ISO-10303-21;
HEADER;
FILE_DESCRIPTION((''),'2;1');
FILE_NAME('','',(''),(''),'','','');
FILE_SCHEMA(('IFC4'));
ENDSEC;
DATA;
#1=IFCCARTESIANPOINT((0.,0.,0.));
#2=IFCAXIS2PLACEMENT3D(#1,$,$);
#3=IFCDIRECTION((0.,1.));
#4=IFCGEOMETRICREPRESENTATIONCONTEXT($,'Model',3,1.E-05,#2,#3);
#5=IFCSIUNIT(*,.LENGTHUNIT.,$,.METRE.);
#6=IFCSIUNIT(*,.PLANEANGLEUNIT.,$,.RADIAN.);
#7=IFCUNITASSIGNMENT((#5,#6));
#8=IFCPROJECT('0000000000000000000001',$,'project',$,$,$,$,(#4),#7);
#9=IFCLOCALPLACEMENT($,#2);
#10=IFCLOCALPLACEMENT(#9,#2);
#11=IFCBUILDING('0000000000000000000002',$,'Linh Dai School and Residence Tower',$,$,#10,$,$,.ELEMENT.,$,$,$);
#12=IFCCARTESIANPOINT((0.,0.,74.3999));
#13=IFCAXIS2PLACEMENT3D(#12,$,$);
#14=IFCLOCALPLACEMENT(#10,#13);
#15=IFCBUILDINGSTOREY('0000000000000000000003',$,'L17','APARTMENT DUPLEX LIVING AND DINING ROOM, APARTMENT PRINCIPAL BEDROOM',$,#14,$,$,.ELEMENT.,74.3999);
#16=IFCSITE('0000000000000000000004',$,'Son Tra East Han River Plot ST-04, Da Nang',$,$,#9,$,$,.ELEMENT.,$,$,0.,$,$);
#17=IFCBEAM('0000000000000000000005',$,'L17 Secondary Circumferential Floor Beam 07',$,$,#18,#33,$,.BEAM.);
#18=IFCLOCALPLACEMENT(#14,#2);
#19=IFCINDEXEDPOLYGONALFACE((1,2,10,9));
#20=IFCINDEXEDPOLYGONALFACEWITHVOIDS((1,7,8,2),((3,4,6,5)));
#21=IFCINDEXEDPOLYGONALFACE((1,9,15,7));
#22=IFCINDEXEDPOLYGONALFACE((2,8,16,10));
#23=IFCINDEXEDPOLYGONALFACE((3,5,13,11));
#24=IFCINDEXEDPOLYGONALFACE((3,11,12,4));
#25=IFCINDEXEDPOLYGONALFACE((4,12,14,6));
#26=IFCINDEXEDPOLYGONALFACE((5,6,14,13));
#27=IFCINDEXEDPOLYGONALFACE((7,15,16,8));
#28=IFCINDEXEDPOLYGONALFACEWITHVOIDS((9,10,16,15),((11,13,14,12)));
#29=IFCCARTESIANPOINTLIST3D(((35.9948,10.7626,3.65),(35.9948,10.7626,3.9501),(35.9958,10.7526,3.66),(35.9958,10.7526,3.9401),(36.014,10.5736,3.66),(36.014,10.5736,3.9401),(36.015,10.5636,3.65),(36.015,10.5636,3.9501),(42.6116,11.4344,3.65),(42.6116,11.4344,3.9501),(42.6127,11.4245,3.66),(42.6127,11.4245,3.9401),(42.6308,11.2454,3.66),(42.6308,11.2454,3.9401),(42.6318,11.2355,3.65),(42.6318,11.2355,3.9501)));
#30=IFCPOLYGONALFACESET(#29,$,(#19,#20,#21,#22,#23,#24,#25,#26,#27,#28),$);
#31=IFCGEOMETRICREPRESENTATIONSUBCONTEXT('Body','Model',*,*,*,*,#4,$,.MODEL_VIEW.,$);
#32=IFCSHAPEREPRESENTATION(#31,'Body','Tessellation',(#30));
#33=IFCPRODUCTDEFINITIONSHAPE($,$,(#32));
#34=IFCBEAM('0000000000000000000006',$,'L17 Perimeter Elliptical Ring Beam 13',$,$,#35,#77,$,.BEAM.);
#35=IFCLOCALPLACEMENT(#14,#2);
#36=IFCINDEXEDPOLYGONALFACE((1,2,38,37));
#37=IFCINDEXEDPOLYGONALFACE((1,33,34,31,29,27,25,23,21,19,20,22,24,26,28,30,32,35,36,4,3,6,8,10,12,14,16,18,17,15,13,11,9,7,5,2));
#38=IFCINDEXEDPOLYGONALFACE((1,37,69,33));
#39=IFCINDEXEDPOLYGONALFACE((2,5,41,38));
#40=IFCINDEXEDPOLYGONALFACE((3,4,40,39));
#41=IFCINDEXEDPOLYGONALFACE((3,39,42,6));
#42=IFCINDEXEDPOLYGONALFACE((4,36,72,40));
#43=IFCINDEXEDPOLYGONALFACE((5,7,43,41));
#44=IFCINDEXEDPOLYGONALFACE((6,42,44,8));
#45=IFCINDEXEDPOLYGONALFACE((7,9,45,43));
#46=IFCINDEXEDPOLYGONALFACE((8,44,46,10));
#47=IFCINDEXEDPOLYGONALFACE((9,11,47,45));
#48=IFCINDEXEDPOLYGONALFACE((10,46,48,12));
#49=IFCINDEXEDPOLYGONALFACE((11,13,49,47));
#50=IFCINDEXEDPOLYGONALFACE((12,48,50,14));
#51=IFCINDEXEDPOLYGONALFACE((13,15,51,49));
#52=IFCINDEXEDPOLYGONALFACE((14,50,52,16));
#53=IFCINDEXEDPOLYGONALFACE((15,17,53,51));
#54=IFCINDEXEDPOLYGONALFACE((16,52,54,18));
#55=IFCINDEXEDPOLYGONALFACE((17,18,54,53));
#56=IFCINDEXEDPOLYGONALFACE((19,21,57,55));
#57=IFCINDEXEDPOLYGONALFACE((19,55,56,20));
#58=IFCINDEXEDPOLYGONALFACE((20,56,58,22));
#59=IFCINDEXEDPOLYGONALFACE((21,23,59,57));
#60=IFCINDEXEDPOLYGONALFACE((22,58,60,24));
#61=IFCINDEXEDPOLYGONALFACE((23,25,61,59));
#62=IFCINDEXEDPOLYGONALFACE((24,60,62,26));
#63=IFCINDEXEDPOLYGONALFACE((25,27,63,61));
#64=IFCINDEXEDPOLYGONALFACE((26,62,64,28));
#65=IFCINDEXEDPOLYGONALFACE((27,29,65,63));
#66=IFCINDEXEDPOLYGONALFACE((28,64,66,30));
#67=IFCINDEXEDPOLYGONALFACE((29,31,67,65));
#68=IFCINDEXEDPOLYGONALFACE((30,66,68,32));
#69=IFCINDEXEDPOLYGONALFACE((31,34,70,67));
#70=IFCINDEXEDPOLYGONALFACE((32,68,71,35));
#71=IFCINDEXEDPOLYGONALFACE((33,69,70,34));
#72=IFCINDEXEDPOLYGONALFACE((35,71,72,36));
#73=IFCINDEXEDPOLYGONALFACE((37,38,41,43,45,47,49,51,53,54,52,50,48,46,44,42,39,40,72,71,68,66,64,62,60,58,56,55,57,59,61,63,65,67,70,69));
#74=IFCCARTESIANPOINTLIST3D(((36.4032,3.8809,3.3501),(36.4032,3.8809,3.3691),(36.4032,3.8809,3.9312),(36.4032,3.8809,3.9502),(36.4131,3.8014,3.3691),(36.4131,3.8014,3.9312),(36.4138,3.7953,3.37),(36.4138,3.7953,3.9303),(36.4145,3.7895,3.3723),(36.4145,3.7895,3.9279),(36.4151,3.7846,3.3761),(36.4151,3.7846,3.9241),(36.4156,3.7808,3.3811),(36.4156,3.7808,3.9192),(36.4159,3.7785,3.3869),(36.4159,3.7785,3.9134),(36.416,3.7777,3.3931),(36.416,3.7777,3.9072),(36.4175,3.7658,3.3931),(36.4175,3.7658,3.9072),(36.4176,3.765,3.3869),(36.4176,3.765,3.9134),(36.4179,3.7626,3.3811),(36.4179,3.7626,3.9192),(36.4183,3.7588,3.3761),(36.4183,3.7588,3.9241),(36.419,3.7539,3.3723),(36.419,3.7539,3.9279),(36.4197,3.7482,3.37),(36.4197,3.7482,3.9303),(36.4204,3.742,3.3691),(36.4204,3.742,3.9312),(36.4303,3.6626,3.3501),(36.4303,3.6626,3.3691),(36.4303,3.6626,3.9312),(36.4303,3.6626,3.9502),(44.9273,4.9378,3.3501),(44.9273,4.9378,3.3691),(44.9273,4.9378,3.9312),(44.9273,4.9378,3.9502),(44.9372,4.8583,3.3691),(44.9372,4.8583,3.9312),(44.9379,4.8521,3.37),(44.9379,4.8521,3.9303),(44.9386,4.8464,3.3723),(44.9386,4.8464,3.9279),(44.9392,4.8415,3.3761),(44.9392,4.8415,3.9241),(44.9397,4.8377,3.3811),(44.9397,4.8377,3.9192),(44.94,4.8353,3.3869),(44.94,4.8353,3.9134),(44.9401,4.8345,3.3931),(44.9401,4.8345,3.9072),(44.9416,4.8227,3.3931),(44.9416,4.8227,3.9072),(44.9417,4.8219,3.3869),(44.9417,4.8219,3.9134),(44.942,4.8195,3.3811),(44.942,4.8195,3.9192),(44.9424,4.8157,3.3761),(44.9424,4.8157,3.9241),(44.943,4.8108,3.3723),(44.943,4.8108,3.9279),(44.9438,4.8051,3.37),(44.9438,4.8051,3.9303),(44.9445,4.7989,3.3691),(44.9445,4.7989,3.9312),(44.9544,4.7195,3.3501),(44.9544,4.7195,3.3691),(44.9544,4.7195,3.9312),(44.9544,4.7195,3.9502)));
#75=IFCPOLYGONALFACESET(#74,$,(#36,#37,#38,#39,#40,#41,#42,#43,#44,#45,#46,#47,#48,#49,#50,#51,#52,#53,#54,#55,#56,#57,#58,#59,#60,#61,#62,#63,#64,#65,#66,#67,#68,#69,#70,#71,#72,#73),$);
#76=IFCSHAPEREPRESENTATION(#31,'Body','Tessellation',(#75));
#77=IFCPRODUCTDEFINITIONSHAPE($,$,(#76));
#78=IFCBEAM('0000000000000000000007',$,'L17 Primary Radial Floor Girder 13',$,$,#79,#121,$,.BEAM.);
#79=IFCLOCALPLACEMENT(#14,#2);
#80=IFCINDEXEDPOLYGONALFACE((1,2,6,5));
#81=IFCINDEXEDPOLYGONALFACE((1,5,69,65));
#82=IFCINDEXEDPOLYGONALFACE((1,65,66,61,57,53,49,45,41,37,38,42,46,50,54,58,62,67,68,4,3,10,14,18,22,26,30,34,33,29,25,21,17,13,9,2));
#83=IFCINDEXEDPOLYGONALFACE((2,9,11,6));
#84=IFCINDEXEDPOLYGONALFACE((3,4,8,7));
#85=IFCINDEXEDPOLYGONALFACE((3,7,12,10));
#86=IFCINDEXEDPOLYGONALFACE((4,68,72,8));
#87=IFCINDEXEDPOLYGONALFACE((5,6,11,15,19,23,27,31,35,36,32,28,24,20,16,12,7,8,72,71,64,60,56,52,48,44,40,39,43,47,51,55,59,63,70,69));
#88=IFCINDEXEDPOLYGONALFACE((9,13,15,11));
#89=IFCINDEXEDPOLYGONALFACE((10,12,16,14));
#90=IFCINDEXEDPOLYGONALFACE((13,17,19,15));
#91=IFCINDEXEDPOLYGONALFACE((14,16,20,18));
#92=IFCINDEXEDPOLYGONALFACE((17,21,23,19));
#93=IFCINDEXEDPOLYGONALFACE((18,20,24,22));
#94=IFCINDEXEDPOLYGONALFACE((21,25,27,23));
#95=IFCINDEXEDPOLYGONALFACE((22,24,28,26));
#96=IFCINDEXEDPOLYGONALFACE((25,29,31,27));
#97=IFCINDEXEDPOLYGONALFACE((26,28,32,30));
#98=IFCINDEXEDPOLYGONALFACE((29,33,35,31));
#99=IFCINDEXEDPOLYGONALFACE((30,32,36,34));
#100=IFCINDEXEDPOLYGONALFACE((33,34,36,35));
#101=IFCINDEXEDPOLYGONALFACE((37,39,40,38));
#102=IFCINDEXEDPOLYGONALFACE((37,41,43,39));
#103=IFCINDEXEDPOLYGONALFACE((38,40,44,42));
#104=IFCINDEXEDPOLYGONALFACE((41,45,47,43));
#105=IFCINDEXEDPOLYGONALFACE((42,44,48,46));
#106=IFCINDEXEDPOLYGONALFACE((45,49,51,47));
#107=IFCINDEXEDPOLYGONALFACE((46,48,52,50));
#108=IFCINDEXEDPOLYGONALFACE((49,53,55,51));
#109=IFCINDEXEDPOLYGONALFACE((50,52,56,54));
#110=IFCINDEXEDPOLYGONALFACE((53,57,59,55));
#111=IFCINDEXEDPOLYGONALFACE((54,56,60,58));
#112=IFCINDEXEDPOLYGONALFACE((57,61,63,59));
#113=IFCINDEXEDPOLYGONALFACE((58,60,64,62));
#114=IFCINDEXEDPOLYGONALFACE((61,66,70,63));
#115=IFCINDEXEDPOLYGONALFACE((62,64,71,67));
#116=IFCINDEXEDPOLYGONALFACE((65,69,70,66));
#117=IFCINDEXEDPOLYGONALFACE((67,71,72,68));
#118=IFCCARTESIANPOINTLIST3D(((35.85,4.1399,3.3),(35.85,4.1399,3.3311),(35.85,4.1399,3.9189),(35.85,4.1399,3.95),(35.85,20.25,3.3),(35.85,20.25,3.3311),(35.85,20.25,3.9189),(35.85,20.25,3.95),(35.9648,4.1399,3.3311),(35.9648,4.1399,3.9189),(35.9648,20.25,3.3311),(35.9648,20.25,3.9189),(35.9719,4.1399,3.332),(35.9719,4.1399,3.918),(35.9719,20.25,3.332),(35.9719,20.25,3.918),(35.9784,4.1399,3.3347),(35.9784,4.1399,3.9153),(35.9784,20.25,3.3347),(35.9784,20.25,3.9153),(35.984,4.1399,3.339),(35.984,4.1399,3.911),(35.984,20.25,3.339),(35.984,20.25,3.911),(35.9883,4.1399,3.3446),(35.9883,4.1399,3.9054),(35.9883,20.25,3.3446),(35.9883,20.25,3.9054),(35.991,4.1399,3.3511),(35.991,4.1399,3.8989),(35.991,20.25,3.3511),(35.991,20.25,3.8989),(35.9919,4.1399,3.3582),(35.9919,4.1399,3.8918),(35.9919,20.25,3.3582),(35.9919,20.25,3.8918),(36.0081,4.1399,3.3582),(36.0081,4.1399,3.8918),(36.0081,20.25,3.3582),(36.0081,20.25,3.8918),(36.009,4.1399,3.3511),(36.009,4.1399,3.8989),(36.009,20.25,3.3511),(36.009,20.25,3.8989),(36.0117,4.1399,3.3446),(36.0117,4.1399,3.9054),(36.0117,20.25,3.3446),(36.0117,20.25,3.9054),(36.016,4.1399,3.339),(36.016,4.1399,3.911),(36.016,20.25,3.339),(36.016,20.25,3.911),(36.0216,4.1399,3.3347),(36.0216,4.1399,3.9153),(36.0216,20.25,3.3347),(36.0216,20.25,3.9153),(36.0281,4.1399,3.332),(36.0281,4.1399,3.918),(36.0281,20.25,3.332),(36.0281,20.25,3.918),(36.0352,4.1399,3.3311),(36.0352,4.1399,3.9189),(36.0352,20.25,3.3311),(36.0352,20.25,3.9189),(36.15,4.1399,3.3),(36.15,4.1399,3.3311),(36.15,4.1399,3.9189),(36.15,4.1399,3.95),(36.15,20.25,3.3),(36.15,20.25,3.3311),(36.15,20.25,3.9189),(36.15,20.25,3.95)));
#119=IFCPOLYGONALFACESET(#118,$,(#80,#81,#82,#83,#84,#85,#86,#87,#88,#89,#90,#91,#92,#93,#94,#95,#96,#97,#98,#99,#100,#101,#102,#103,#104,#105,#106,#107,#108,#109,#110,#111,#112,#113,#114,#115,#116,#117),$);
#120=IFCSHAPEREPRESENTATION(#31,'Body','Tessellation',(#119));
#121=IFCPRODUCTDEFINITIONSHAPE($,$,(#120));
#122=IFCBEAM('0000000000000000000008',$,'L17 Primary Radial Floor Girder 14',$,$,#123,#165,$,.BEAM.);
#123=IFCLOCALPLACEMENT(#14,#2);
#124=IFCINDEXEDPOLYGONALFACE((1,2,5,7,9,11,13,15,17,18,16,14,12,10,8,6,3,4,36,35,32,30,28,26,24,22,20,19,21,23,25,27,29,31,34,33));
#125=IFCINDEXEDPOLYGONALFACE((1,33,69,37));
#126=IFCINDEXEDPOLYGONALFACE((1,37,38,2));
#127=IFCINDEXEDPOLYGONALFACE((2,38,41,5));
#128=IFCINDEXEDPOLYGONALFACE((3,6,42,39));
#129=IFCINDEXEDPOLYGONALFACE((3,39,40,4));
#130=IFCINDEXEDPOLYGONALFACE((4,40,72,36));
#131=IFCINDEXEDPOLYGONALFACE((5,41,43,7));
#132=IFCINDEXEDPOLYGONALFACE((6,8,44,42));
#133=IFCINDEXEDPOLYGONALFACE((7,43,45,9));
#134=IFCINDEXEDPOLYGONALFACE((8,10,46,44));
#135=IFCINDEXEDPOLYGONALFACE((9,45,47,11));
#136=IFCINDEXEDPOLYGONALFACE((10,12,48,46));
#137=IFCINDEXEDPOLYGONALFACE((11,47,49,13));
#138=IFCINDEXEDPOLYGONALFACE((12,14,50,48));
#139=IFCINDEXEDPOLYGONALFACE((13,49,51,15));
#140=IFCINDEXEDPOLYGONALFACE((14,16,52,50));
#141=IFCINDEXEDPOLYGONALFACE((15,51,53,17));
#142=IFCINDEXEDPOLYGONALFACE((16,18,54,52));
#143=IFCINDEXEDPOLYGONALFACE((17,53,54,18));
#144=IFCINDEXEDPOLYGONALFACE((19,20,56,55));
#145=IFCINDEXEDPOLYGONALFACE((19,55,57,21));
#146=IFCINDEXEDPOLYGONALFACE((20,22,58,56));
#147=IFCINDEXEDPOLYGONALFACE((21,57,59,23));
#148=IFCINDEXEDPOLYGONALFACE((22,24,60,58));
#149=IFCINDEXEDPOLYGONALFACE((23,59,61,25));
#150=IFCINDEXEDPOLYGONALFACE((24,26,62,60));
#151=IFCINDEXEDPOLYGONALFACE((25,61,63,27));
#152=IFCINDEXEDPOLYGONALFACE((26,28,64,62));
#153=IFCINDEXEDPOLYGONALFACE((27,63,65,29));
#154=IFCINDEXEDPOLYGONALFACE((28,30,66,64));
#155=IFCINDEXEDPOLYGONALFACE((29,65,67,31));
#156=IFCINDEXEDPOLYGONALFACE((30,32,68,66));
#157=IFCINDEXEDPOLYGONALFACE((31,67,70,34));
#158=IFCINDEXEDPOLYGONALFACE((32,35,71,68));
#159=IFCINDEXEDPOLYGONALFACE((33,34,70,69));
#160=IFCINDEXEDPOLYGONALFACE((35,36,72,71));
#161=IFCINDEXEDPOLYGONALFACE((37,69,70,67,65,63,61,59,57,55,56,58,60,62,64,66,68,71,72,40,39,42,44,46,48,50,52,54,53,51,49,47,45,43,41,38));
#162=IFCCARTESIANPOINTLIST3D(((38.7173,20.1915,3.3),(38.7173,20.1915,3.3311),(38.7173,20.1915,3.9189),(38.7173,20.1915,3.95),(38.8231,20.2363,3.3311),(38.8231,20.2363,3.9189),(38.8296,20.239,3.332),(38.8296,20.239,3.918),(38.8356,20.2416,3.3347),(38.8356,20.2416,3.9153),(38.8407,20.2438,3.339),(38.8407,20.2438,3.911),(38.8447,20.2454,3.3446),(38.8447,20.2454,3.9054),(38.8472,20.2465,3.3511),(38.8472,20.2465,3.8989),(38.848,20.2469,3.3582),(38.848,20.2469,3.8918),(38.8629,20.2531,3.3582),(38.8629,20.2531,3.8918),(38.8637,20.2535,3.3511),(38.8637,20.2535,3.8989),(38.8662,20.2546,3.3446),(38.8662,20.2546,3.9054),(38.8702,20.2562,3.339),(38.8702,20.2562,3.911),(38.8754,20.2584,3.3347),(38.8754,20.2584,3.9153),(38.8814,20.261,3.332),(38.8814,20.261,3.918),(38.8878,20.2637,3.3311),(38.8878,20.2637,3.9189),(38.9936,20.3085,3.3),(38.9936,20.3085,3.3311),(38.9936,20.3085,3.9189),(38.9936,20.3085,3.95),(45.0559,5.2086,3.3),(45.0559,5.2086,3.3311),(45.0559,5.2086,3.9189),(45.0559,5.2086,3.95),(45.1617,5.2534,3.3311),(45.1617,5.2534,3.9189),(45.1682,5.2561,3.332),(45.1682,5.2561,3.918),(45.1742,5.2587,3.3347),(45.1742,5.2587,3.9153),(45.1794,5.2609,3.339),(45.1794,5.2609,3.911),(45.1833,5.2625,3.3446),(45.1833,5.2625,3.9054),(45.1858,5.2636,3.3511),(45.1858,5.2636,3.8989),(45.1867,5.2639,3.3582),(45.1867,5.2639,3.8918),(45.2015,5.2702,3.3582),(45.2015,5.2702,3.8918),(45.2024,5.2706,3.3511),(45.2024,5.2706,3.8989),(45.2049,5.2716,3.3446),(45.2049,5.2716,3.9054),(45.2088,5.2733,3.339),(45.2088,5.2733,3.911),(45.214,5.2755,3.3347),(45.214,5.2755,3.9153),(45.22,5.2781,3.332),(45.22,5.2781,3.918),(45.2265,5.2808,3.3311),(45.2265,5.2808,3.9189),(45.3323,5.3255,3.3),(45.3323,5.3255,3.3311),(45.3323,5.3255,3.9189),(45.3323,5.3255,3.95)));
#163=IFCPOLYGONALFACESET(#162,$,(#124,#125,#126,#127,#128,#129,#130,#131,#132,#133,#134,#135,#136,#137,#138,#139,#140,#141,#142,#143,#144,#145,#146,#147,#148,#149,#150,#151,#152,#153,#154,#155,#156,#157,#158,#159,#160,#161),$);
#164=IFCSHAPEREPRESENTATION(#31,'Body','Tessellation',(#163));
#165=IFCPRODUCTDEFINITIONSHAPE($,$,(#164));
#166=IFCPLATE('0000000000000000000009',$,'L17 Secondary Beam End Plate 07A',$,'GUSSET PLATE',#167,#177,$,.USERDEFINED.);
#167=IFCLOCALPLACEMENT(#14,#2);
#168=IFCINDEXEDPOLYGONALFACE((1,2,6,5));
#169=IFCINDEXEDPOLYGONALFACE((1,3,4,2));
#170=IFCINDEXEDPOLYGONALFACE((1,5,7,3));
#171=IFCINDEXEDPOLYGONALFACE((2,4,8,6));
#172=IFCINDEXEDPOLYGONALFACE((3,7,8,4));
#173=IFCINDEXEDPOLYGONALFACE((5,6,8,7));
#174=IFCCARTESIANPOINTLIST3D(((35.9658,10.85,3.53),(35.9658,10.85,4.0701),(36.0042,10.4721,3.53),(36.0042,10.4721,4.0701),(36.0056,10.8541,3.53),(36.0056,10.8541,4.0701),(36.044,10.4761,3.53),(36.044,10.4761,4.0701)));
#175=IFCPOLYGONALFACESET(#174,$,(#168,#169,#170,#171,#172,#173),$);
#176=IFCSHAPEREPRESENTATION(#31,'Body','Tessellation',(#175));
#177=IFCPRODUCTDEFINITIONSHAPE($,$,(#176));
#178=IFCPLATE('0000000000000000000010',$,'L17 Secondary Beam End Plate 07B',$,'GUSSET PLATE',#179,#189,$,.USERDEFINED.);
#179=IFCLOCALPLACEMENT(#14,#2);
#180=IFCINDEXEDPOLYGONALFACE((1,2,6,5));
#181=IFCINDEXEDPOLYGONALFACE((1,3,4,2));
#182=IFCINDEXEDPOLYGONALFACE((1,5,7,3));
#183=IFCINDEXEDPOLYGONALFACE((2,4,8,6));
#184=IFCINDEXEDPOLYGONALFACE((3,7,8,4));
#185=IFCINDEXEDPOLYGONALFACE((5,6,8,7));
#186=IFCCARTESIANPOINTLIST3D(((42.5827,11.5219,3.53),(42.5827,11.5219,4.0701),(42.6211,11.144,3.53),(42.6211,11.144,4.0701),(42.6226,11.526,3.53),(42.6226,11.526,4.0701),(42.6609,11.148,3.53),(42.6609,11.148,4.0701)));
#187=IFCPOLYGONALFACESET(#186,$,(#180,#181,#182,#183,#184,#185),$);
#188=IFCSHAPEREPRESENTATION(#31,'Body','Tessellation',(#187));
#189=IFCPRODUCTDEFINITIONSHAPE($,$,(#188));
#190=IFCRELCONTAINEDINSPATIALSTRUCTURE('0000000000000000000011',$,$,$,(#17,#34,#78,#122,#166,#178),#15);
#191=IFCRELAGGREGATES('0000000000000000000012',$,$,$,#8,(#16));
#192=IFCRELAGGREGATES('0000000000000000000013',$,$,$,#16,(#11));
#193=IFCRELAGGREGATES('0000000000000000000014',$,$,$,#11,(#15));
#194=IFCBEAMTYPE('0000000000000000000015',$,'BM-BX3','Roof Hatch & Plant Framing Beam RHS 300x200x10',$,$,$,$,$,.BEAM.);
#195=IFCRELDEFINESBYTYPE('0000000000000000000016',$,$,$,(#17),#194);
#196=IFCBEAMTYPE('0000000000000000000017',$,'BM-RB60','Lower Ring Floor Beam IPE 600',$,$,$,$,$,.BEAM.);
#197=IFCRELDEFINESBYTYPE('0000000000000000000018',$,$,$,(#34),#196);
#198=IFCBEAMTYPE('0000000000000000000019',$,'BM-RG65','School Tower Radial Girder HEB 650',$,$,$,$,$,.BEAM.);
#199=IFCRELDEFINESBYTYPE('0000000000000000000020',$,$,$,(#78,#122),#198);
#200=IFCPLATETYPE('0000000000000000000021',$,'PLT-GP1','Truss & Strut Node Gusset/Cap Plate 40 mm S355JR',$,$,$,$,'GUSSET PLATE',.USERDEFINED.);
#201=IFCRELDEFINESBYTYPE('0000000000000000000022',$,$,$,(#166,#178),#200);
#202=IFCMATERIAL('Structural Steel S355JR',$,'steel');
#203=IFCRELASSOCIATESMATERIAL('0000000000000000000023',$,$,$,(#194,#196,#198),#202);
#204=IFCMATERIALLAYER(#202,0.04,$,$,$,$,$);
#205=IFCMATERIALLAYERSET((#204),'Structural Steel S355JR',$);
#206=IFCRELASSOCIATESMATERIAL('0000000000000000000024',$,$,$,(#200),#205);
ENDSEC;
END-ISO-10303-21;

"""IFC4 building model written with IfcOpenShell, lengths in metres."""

from ifc_helpers import new_model, si_unit, direction, frame, origin, origin_2d, place, context, subcontext, project, spatial, rectangle, hollow_rectangle, i_section, extrude, source, transform, mapped, material, layer, layer_set, material_profile, profile_set, type_object, element, save


model = new_model("IFC4")

# Units and contexts
model_context = context("Model", 3, precision=1e-05, world=origin(), true_north=direction((0.0, 1.0)))
body_context = subcontext(model_context, "Body", "Model", "MODEL_VIEW")
ifc_project = project(units=[si_unit("LENGTHUNIT", "METRE"), si_unit("PLANEANGLEUNIT", "RADIAN")], contexts=[model_context])

# Site, building, storey
site_placement = place(None, origin())
site = spatial("IfcSite", under=ifc_project, at=site_placement, Name="Son Tra East Han River Plot ST-04, Da Nang", CompositionType="ELEMENT", RefElevation=0.0)
building_placement = place(site_placement, origin())
building = spatial("IfcBuilding", under=site, at=building_placement, Name="Linh Dai School and Residence Tower", CompositionType="ELEMENT")
storey_placement = place(building_placement, frame((0.0, 0.0, 74.3999)))
storey = spatial("IfcBuildingStorey", under=building, at=storey_placement, Name="L17", Description="APARTMENT DUPLEX LIVING AND DINING ROOM, APARTMENT PRINCIPAL BEDROOM", CompositionType="ELEMENT", Elevation=74.3999)

# Beams
ifc_material_1 = material(Name="Structural Steel S355JR", Category="steel")
ifc_material_profile_1 = material_profile(ifc_material_1, hollow_rectangle(XDim=0.2, YDim=0.3, WallThickness=0.01, at=origin_2d()), Name="RHS 300x200x10")
ifc_profile_set_1 = profile_set([ifc_material_profile_1], Name="Structural Steel S355JR")
beam_type_1 = type_object("IfcBeamType", Name="BM-BX3", Description="Roof Hatch & Plant Framing Beam RHS 300x200x10", PredefinedType="BEAM", material=ifc_profile_set_1)
beam_1_placement = place(storey_placement, frame((36.0049, 10.6631, 3.8), z_axis=(0.994884, 0.101019, 0.0), x_axis=(-0.101019, 0.994884, 0.0)))
element("IfcBeam", 1, at=beam_1_placement, inside=storey, type_object=beam_type_1, Name="L17 Secondary Circumferential Floor Beam 07", PredefinedType="BEAM", context=body_context, shape_type="SweptSolid", body=[
    extrude(hollow_rectangle(XDim=0.2, YDim=0.3, WallThickness=0.01, at=origin_2d()), origin(), (0.0, 0.0, 1.0), 6.6509),
])
ifc_material_profile_2 = material_profile(ifc_material_1, i_section(OverallWidth=0.22, OverallDepth=0.6001, WebThickness=0.012, FlangeThickness=0.019, FilletRadius=0.0239, at=origin_2d()), Name="IPE 600")
ifc_profile_set_2 = profile_set([ifc_material_profile_2], Name="Structural Steel S355JR")
beam_type_2 = type_object("IfcBeamType", Name="BM-RB60", Description="Lower Ring Floor Beam IPE 600", PredefinedType="BEAM", material=ifc_profile_set_2)
beam_2_placement = place(storey_placement, frame((36.4167, 3.7717, 3.6501), z_axis=(0.992401, 0.123045, 0.0), x_axis=(-0.123045, 0.992401, 0.0)))
element("IfcBeam", 2, at=beam_2_placement, inside=storey, type_object=beam_type_2, Name="L17 Perimeter Elliptical Ring Beam 13", PredefinedType="BEAM", context=body_context, shape_type="SweptSolid", body=[
    extrude(i_section(OverallWidth=0.22, OverallDepth=0.6001, WebThickness=0.012, FlangeThickness=0.019, FilletRadius=0.0239, at=origin_2d()), origin(), (0.0, 0.0, 1.0), 8.5894),
])
ifc_material_profile_3 = material_profile(ifc_material_1, i_section(OverallWidth=0.3, OverallDepth=0.6499, WebThickness=0.0161, FlangeThickness=0.031, FilletRadius=0.0271, at=origin_2d()), Name="HEB 650")
ifc_profile_set_3 = profile_set([ifc_material_profile_3], Name="Structural Steel S355JR")
beam_type_3 = type_object("IfcBeamType", Name="BM-RG65", Description="School Tower Radial Girder HEB 650", PredefinedType="BEAM", material=ifc_profile_set_3)
beam_3_placement = place(storey_placement, frame((36.0, 20.25, 3.625), z_axis=(0.0, -1.0, 0.0), x_axis=(1.0, 0.0, 0.0)))
element("IfcBeam", 3, at=beam_3_placement, inside=storey, type_object=beam_type_3, Name="L17 Primary Radial Floor Girder 13", PredefinedType="BEAM", context=body_context, shape_type="SweptSolid", body=[
    extrude(i_section(OverallWidth=0.3, OverallDepth=0.6499, WebThickness=0.0161, FlangeThickness=0.031, FilletRadius=0.0271, at=origin_2d()), origin(), (0.0, 0.0, 1.0), 16.1101),
])
beam_4_placement = place(storey_placement, frame((38.8555, 20.25, 3.625), z_axis=(0.389624, -0.920974, 0.0), x_axis=(0.920974, 0.389624, 0.0)))
element("IfcBeam", 4, at=beam_4_placement, inside=storey, type_object=beam_type_3, Name="L17 Primary Radial Floor Girder 14", PredefinedType="BEAM", context=body_context, shape_type="SweptSolid", body=[
    extrude(i_section(OverallWidth=0.3, OverallDepth=0.6499, WebThickness=0.0161, FlangeThickness=0.031, FilletRadius=0.0271, at=origin_2d()), origin(), (0.0, 0.0, 1.0), 16.2686),
])

# Plates
ifc_layer_1 = layer(ifc_material_1, 0.04)
ifc_layer_set_1 = layer_set([ifc_layer_1], Name="Structural Steel S355JR")
plate_type = type_object("IfcPlateType", Name="PLT-GP1", Description="Truss & Strut Node Gusset/Cap Plate 40 mm S355JR", ElementType="GUSSET PLATE", PredefinedType="USERDEFINED", material=ifc_layer_set_1)
shared_shape_1 = source(origin(), body_context, "Body", "SweptSolid", [
    extrude(rectangle(XDim=0.04, YDim=0.3799, at=origin_2d()), origin(), (0.0, 0.0, 1.0), 0.54),
])
for number, where, z_axis, x_axis, name in (
    (5, (36.0049, 10.6631, 3.53), (0.0, 0.0, 1.0), (0.994884, 0.101023, 0.0), "L17 Secondary Beam End Plate 07A"),
    (6, (42.6218, 11.335, 3.53), (0.0, 0.0, 1.0), (0.994884, 0.101023, 0.0), "L17 Secondary Beam End Plate 07B"),
):
    element("IfcPlate", number, at=place(storey_placement, frame(where, z_axis=z_axis, x_axis=x_axis)), inside=storey, type_object=plate_type, Name=name, ObjectType="GUSSET PLATE", PredefinedType="USERDEFINED", context=body_context, shape_type="MappedRepresentation", body=[
        mapped(shared_shape_1, transform((0.0, 0.0, 0.0), x_axis=(1.0, 0.0, 0.0), y_axis=(0.0, 1.0, 0.0), z_axis=(0.0, 0.0, 1.0), scale=1.0)),
    ])

save(model, "model.ifc")
